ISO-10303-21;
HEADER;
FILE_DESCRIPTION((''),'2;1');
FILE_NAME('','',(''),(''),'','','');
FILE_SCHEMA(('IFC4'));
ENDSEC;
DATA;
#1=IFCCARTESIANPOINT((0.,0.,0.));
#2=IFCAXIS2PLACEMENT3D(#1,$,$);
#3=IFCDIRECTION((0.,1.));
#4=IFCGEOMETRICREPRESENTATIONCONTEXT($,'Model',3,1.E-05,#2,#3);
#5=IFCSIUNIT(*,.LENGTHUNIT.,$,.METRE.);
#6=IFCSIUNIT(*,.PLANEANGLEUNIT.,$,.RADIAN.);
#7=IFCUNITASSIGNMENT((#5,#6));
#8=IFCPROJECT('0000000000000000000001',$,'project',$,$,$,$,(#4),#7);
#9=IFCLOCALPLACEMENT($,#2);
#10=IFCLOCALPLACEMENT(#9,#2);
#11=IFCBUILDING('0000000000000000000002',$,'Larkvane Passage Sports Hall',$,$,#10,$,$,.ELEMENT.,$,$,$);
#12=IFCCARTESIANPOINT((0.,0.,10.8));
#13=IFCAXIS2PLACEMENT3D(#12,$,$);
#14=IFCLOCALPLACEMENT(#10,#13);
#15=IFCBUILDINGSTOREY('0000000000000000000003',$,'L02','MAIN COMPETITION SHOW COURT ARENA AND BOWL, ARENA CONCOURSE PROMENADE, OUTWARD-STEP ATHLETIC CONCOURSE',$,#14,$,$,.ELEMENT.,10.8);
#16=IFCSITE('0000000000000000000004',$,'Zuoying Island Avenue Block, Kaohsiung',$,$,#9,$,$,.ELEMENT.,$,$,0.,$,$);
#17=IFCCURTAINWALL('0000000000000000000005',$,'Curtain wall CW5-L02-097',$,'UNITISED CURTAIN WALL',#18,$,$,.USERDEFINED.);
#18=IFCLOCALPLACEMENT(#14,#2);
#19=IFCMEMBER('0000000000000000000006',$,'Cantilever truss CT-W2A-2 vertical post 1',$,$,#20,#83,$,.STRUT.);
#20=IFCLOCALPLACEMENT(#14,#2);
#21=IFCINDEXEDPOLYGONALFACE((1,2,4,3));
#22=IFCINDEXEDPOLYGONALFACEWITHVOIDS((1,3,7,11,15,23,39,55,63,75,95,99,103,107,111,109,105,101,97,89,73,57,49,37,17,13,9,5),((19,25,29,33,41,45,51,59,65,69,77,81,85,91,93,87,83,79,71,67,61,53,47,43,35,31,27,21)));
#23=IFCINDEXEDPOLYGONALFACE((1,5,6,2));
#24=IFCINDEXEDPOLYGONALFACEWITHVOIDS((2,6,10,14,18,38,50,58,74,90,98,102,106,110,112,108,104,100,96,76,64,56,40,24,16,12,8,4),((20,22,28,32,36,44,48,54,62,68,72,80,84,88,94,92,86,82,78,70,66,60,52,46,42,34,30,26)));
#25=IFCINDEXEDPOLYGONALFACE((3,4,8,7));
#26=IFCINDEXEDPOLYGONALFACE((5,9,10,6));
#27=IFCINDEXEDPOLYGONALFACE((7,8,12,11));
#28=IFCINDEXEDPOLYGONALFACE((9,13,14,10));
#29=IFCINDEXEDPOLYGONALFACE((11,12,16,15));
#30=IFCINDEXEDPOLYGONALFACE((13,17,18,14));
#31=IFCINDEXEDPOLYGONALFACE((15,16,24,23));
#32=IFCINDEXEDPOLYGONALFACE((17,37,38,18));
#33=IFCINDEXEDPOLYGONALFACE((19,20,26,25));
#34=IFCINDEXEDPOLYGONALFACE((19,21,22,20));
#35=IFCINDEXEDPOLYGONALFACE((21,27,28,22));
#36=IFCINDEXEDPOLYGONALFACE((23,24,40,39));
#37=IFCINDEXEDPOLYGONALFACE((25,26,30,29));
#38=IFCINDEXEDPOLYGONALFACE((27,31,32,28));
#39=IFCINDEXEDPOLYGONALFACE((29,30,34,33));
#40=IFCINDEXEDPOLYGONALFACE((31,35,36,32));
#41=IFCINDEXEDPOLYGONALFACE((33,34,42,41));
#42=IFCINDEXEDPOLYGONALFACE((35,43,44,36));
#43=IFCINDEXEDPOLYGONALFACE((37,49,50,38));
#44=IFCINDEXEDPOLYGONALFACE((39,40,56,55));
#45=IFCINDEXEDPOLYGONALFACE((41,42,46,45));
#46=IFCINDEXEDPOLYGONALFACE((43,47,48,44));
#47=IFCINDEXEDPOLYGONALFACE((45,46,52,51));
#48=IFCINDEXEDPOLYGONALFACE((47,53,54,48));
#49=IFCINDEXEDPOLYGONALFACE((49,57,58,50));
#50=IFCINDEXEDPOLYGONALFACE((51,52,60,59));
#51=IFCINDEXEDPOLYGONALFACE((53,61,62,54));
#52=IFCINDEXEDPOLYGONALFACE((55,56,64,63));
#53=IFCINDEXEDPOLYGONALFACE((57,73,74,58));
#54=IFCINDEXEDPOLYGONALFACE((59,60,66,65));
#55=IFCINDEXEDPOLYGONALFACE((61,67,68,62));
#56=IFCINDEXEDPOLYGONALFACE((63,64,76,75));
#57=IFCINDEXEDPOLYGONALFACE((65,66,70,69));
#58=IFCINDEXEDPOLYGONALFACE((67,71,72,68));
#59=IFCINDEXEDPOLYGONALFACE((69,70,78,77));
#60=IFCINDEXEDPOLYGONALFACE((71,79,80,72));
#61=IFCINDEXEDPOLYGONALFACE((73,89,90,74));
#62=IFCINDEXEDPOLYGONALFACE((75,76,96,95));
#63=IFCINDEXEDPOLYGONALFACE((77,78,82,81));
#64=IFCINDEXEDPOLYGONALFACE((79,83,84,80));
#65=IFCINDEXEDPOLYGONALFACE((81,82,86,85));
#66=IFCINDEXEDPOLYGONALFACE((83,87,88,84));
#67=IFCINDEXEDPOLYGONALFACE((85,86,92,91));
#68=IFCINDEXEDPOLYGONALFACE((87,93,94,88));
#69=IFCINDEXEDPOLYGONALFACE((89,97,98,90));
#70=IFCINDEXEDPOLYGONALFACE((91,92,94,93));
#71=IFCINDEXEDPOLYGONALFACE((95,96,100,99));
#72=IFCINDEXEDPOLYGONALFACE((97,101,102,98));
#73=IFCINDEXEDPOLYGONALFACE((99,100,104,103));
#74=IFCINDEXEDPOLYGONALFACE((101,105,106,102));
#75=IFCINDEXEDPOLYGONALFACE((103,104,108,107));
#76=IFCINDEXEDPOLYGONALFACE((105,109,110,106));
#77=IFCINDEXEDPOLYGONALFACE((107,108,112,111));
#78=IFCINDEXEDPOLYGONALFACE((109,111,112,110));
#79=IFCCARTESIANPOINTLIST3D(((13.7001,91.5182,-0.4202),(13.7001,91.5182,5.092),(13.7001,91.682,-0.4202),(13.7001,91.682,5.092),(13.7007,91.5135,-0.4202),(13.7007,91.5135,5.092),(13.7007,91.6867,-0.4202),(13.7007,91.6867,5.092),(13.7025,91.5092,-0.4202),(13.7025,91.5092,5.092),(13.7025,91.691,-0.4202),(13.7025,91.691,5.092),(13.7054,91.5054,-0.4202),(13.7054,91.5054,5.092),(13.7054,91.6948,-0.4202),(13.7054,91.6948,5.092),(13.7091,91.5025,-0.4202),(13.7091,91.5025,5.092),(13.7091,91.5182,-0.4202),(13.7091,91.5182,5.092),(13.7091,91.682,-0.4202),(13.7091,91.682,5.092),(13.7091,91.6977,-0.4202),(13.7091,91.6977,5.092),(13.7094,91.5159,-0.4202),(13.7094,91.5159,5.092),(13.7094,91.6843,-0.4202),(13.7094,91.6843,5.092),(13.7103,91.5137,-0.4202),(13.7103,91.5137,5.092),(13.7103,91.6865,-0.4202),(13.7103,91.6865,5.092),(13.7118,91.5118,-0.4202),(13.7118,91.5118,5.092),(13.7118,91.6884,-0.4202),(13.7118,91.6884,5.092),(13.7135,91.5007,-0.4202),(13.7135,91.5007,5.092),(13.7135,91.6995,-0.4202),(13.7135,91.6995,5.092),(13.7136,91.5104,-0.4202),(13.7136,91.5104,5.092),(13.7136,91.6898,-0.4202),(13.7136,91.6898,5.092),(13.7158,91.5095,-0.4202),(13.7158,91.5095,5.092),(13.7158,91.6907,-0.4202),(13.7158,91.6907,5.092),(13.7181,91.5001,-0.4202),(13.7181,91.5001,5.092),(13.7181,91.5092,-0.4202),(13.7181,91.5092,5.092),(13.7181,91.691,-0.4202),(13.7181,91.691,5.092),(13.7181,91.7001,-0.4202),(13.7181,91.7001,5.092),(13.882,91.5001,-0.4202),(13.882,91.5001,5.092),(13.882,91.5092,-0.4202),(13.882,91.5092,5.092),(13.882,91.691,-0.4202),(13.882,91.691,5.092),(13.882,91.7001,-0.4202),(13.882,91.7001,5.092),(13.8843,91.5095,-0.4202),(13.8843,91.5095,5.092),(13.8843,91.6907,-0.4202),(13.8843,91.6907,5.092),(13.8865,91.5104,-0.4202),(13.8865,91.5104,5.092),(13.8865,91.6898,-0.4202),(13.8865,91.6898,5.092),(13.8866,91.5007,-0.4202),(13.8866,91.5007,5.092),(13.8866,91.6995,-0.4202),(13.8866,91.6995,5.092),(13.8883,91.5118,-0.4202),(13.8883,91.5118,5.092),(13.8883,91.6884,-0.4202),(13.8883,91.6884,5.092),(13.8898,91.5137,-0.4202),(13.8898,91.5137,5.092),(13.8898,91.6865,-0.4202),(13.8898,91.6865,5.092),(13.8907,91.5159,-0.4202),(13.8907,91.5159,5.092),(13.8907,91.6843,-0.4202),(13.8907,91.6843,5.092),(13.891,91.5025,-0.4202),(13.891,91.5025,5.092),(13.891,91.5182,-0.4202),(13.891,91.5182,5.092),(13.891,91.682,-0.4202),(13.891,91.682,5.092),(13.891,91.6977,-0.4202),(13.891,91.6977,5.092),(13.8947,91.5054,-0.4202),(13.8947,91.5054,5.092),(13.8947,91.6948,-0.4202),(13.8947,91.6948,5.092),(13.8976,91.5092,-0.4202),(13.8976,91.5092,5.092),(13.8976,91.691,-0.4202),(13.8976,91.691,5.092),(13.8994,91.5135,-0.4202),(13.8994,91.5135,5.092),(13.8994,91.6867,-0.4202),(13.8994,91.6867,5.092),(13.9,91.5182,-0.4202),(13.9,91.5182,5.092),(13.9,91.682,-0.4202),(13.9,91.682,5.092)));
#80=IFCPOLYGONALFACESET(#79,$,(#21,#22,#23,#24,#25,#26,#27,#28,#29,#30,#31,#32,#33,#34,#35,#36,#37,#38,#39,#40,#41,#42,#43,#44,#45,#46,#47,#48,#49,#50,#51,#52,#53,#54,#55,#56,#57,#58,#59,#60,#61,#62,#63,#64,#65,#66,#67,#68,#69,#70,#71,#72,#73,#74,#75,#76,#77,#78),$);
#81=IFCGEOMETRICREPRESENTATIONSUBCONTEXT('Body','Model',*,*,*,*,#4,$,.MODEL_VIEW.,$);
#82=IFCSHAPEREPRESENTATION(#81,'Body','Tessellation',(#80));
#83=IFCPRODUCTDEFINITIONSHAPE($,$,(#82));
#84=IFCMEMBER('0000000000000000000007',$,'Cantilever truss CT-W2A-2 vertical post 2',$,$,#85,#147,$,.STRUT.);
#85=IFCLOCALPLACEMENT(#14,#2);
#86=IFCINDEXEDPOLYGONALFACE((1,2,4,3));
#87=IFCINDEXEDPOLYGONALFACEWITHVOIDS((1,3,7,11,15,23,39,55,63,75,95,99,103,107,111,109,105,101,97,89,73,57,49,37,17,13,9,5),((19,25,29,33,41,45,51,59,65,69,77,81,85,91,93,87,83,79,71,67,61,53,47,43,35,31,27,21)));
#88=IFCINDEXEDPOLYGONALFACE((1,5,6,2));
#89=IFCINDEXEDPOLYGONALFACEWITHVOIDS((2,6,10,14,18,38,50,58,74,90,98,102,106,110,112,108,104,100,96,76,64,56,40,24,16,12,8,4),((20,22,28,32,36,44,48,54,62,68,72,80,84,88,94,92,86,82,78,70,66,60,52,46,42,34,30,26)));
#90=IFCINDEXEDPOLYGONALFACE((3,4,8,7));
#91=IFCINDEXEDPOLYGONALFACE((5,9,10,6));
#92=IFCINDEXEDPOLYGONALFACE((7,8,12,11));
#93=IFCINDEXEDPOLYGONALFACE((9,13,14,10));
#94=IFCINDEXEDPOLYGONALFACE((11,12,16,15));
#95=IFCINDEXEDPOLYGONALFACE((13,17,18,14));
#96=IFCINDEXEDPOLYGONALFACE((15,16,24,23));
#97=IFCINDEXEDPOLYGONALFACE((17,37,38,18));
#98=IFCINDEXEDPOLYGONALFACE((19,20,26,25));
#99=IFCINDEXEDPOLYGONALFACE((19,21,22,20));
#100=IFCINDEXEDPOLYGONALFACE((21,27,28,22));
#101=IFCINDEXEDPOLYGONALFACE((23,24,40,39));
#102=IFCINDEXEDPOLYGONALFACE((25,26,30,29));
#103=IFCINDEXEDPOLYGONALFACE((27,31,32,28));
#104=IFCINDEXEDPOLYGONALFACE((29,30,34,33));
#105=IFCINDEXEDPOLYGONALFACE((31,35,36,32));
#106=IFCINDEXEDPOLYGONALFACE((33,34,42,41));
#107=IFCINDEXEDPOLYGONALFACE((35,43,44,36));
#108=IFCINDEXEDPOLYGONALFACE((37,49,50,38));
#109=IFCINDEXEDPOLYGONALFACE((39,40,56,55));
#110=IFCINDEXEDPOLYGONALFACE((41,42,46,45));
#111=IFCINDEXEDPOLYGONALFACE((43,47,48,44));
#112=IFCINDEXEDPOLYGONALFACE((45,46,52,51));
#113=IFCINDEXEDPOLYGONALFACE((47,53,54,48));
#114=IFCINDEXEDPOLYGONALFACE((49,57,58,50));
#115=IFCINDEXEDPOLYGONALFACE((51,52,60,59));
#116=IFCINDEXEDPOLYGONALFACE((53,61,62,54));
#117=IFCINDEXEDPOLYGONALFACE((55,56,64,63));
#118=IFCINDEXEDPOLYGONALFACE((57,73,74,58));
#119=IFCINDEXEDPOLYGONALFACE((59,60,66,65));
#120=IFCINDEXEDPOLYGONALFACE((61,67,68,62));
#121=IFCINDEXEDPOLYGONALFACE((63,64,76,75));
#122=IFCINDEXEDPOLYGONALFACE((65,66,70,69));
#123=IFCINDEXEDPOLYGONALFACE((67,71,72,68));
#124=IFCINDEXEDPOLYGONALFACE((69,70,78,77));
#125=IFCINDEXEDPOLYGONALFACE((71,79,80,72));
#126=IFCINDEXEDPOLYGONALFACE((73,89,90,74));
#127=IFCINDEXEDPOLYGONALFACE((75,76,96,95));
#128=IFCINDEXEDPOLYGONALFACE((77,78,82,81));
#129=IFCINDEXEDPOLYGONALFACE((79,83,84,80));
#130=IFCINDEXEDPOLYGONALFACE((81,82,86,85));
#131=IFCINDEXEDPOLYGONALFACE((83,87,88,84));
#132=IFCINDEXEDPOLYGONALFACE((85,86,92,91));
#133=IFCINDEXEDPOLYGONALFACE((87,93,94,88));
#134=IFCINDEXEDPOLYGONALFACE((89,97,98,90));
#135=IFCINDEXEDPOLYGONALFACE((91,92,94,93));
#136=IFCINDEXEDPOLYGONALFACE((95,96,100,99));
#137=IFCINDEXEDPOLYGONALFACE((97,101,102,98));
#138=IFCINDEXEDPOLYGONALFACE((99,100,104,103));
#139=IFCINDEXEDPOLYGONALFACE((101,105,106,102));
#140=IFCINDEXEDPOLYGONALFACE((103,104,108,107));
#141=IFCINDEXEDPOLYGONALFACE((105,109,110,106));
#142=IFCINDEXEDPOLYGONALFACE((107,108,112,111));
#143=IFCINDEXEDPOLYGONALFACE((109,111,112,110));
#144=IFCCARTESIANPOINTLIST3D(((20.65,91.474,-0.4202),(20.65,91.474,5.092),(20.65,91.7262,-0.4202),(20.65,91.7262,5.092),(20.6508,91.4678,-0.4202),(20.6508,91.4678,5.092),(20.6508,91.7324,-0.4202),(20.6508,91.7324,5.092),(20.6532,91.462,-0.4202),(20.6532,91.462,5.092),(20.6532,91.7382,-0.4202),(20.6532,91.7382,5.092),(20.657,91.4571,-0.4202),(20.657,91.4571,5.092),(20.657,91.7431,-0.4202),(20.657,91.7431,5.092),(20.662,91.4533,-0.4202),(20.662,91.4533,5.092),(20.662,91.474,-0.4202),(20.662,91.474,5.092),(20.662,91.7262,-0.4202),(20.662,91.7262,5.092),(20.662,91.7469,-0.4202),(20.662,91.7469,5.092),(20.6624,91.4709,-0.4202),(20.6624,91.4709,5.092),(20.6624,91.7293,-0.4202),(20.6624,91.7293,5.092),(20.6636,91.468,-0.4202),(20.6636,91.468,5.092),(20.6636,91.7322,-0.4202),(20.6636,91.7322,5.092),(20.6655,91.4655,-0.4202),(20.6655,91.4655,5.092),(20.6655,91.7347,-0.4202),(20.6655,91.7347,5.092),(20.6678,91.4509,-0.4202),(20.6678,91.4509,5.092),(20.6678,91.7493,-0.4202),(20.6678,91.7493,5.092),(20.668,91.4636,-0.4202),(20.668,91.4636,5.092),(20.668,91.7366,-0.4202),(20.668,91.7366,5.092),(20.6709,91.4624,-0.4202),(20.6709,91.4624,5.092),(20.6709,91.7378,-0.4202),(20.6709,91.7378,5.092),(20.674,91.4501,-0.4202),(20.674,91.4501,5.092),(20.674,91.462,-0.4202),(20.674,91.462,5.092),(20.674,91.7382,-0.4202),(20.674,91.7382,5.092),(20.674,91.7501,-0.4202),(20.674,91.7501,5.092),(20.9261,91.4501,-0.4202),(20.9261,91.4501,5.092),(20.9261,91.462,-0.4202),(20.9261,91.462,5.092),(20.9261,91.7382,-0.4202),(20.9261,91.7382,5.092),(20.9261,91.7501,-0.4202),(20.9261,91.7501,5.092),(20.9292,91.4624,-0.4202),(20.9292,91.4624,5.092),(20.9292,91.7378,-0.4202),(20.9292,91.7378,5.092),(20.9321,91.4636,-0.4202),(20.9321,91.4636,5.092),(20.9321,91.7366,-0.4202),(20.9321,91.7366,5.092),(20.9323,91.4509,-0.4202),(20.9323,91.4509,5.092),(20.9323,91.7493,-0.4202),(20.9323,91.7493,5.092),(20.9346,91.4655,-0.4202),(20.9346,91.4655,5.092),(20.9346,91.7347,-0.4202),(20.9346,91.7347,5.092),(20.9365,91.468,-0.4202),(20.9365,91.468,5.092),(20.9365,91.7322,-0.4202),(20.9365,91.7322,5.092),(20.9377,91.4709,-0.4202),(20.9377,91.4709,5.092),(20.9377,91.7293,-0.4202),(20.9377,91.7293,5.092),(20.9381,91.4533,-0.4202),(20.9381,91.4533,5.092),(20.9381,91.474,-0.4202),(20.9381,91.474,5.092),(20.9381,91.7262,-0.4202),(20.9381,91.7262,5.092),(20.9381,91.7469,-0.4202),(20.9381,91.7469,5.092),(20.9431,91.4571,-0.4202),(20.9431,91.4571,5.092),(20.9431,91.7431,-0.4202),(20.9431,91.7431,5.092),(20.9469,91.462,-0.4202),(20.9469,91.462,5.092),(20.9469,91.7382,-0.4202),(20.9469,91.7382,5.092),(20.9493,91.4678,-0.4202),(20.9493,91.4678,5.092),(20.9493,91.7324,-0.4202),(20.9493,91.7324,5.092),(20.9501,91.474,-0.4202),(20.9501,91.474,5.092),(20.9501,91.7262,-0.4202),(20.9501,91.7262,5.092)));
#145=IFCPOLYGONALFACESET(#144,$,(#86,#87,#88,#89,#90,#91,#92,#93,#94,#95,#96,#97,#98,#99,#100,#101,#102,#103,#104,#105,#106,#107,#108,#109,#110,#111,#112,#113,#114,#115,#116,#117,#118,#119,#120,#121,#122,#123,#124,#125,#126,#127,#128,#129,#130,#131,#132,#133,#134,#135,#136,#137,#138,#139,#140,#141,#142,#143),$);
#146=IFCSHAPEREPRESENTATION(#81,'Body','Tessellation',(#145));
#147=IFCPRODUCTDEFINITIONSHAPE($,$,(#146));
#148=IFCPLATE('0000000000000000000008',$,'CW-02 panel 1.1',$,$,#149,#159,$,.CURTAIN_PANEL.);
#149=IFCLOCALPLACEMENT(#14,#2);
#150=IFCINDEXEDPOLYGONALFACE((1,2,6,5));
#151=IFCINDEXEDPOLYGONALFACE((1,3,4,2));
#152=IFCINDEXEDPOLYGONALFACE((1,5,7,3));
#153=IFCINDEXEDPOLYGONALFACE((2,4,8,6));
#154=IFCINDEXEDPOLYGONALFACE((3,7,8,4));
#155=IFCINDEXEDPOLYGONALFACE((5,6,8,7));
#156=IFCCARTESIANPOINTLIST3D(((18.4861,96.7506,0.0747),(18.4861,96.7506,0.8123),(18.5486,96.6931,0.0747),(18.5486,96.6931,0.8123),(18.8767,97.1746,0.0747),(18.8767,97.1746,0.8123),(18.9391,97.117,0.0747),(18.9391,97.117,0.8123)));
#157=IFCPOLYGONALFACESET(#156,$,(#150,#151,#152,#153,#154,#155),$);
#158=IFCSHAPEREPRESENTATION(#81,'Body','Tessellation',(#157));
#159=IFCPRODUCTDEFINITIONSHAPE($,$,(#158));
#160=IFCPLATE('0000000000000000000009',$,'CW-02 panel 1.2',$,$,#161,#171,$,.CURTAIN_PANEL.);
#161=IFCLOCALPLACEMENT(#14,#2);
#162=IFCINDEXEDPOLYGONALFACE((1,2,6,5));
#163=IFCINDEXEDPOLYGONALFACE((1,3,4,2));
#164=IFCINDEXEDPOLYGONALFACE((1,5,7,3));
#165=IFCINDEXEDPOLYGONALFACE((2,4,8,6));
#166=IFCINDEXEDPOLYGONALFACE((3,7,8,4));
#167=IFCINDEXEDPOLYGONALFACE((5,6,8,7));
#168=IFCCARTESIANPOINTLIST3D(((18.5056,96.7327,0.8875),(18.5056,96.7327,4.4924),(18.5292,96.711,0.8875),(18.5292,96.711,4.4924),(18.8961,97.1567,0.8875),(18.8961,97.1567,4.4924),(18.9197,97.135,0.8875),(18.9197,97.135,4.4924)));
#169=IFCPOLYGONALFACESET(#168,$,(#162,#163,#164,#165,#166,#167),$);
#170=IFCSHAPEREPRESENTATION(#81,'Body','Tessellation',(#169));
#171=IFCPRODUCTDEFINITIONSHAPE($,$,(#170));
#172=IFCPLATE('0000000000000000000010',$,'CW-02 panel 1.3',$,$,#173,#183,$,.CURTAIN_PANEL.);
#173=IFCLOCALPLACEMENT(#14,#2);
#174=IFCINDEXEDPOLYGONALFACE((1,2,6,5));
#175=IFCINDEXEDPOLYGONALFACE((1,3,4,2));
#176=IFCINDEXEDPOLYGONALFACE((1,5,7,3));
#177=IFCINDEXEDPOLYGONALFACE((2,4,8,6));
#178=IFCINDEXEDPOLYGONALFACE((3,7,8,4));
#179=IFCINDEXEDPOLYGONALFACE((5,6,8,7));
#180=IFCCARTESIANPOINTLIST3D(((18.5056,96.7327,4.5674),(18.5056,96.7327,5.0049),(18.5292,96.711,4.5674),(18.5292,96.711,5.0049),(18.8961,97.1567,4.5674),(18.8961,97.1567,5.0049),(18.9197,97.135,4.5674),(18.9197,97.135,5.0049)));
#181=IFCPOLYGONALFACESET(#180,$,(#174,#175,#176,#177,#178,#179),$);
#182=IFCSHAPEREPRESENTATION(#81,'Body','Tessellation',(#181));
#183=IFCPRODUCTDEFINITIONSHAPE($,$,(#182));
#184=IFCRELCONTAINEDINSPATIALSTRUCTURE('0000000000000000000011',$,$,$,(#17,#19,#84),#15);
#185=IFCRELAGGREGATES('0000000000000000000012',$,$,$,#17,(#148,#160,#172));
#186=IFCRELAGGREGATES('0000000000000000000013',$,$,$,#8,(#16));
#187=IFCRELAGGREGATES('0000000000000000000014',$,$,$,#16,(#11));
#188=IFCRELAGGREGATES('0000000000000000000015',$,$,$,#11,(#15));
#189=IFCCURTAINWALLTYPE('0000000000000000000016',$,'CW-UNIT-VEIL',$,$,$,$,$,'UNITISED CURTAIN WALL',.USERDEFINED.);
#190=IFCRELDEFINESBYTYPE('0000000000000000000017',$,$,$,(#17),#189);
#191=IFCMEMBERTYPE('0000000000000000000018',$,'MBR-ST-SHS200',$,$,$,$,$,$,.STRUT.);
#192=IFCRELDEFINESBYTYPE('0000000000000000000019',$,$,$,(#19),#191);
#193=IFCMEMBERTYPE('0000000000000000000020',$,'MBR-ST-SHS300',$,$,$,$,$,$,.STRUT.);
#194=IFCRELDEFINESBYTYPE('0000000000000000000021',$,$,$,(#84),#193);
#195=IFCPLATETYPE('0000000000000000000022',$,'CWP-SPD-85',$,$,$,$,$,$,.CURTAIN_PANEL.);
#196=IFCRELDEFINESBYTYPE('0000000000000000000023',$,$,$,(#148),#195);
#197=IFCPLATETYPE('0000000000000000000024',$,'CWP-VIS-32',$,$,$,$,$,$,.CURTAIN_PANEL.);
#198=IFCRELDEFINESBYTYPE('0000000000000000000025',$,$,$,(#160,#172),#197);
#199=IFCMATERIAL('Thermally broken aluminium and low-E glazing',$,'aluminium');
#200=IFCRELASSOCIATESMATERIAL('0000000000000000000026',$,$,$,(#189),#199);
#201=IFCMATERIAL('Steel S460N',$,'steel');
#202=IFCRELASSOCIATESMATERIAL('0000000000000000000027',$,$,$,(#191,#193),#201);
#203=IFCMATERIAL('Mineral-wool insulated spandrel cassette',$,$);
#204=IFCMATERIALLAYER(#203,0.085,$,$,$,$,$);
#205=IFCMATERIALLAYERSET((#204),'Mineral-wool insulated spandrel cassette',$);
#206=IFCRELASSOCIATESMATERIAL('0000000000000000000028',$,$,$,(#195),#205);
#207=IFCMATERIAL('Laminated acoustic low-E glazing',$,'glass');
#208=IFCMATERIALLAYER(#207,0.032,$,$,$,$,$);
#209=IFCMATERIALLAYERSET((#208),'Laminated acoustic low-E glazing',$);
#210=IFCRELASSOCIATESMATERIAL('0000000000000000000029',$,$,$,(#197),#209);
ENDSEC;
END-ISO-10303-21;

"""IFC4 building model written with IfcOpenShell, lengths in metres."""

from ifc_helpers import new_model, si_unit, direction, frame, origin, origin_2d, place, context, subcontext, project, spatial, rectangle, hollow_rectangle, extrude, material, layer, layer_set, material_profile, profile_set, type_object, element, aggregate, save


model = new_model("IFC4")

# Units and contexts
model_context = context("Model", 3, precision=1e-05, world=origin(), true_north=direction((0.0, 1.0)))
body_context = subcontext(model_context, "Body", "Model", "MODEL_VIEW")
ifc_project = project(units=[si_unit("LENGTHUNIT", "METRE"), si_unit("PLANEANGLEUNIT", "RADIAN")], contexts=[model_context])

# Site, building, storey
site_placement = place(None, origin())
site = spatial("IfcSite", under=ifc_project, at=site_placement, Name="Zuoying Island Avenue Block, Kaohsiung", CompositionType="ELEMENT", RefElevation=0.0)
building_placement = place(site_placement, origin())
building = spatial("IfcBuilding", under=site, at=building_placement, Name="Larkvane Passage Sports Hall", CompositionType="ELEMENT")
storey_placement = place(building_placement, frame((0.0, 0.0, 10.8)))
storey = spatial("IfcBuildingStorey", under=building, at=storey_placement, Name="L02", Description="MAIN COMPETITION SHOW COURT ARENA AND BOWL, ARENA CONCOURSE PROMENADE, OUTWARD-STEP ATHLETIC CONCOURSE", CompositionType="ELEMENT", Elevation=10.8)

# Shared definitions
ifc_material_1 = material(Name="Steel S460N", Category="steel")

# Curtain wall
ifc_material_2 = material(Name="Thermally broken aluminium and low-E glazing", Category="aluminium")
curtain_wall_type = type_object("IfcCurtainWallType", Name="CW-UNIT-VEIL", ElementType="UNITISED CURTAIN WALL", PredefinedType="USERDEFINED", material=ifc_material_2)
curtain_wall_placement = place(storey_placement, origin())
curtain_wall = element("IfcCurtainWall", 1, at=curtain_wall_placement, inside=storey, type_object=curtain_wall_type, Name="Curtain wall CW5-L02-097", ObjectType="UNITISED CURTAIN WALL", PredefinedType="USERDEFINED")

# Members
ifc_material_profile_1 = material_profile(ifc_material_1, hollow_rectangle(XDim=0.2, YDim=0.2, WallThickness=0.009, InnerFilletRadius=0.009, OuterFilletRadius=0.0181, at=origin_2d()), Name="SHS-200x200x9")
ifc_profile_set_1 = profile_set([ifc_material_profile_1], Name="Steel S460N")
member_type_1 = type_object("IfcMemberType", Name="MBR-ST-SHS200", PredefinedType="STRUT", material=ifc_profile_set_1)
member_1_placement = place(storey_placement, frame((13.8, 91.6001, -0.4202), z_axis=(0.0, 0.0, 1.0), x_axis=(1.0, 0.0, 0.0)))
element("IfcMember", 2, at=member_1_placement, inside=storey, type_object=member_type_1, Name="Cantilever truss CT-W2A-2 vertical post 1", PredefinedType="STRUT", context=body_context, shape_type="SweptSolid", body=[
    extrude(hollow_rectangle(XDim=0.2, YDim=0.2, WallThickness=0.009, InnerFilletRadius=0.009, OuterFilletRadius=0.0181, at=origin_2d()), origin(), (0.0, 0.0, 1.0), 5.5122),
])
ifc_material_profile_2 = material_profile(ifc_material_1, hollow_rectangle(XDim=0.3, YDim=0.3, WallThickness=0.012, InnerFilletRadius=0.012, OuterFilletRadius=0.0239, at=origin_2d()), Name="SHS-300x300x12")
ifc_profile_set_2 = profile_set([ifc_material_profile_2], Name="Steel S460N")
member_type_2 = type_object("IfcMemberType", Name="MBR-ST-SHS300", PredefinedType="STRUT", material=ifc_profile_set_2)
member_2_placement = place(storey_placement, frame((20.8, 91.6001, -0.4202), z_axis=(0.0, 0.0, 1.0), x_axis=(1.0, 0.0, 0.0)))
element("IfcMember", 3, at=member_2_placement, inside=storey, type_object=member_type_2, Name="Cantilever truss CT-W2A-2 vertical post 2", PredefinedType="STRUT", context=body_context, shape_type="SweptSolid", body=[
    extrude(hollow_rectangle(XDim=0.3, YDim=0.3, WallThickness=0.012, InnerFilletRadius=0.012, OuterFilletRadius=0.0239, at=origin_2d()), origin(), (0.0, 0.0, 1.0), 5.5122),
])

# Plates
ifc_material_3 = material(Name="Mineral-wool insulated spandrel cassette")
ifc_layer_1 = layer(ifc_material_3, 0.085)
ifc_layer_set_1 = layer_set([ifc_layer_1], Name="Mineral-wool insulated spandrel cassette")
plate_type_1 = type_object("IfcPlateType", Name="CWP-SPD-85", PredefinedType="CURTAIN_PANEL", material=ifc_layer_set_1)
plate_1_placement = place(storey_placement, frame((18.7126, 96.9338, 0.0747), z_axis=(0.0, 0.0, 1.0), x_axis=(0.677475, 0.735545, 0.0)))
plate_1 = element("IfcPlate", 4, at=plate_1_placement, type_object=plate_type_1, Name="CW-02 panel 1.1", PredefinedType="CURTAIN_PANEL", context=body_context, shape_type="SweptSolid", body=[
    extrude(rectangle(XDim=0.5764, YDim=0.085, at=origin_2d()), origin(), (0.0, 0.0, 1.0), 0.7375),
])
ifc_material_4 = material(Name="Laminated acoustic low-E glazing", Category="glass")
ifc_layer_2 = layer(ifc_material_4, 0.032)
ifc_layer_set_2 = layer_set([ifc_layer_2], Name="Laminated acoustic low-E glazing")
plate_type_2 = type_object("IfcPlateType", Name="CWP-VIS-32", PredefinedType="CURTAIN_PANEL", material=ifc_layer_set_2)
plate_2_placement = place(storey_placement, frame((18.7126, 96.9338, 0.8875), z_axis=(0.0, 0.0, 1.0), x_axis=(0.677475, 0.735545, 0.0)))
plate_2 = element("IfcPlate", 5, at=plate_2_placement, type_object=plate_type_2, Name="CW-02 panel 1.2", PredefinedType="CURTAIN_PANEL", context=body_context, shape_type="SweptSolid", body=[
    extrude(rectangle(XDim=0.5764, YDim=0.032, at=origin_2d()), origin(), (0.0, 0.0, 1.0), 3.605),
])
plate_3_placement = place(storey_placement, frame((18.7126, 96.9338, 4.5674), z_axis=(0.0, 0.0, 1.0), x_axis=(0.677475, 0.735545, 0.0)))
plate_3 = element("IfcPlate", 6, at=plate_3_placement, type_object=plate_type_2, Name="CW-02 panel 1.3", PredefinedType="CURTAIN_PANEL", context=body_context, shape_type="SweptSolid", body=[
    extrude(rectangle(XDim=0.5764, YDim=0.032, at=origin_2d()), origin(), (0.0, 0.0, 1.0), 0.4375),
])
aggregate(curtain_wall, [plate_1, plate_2, plate_3])

save(model, "model.ifc")
